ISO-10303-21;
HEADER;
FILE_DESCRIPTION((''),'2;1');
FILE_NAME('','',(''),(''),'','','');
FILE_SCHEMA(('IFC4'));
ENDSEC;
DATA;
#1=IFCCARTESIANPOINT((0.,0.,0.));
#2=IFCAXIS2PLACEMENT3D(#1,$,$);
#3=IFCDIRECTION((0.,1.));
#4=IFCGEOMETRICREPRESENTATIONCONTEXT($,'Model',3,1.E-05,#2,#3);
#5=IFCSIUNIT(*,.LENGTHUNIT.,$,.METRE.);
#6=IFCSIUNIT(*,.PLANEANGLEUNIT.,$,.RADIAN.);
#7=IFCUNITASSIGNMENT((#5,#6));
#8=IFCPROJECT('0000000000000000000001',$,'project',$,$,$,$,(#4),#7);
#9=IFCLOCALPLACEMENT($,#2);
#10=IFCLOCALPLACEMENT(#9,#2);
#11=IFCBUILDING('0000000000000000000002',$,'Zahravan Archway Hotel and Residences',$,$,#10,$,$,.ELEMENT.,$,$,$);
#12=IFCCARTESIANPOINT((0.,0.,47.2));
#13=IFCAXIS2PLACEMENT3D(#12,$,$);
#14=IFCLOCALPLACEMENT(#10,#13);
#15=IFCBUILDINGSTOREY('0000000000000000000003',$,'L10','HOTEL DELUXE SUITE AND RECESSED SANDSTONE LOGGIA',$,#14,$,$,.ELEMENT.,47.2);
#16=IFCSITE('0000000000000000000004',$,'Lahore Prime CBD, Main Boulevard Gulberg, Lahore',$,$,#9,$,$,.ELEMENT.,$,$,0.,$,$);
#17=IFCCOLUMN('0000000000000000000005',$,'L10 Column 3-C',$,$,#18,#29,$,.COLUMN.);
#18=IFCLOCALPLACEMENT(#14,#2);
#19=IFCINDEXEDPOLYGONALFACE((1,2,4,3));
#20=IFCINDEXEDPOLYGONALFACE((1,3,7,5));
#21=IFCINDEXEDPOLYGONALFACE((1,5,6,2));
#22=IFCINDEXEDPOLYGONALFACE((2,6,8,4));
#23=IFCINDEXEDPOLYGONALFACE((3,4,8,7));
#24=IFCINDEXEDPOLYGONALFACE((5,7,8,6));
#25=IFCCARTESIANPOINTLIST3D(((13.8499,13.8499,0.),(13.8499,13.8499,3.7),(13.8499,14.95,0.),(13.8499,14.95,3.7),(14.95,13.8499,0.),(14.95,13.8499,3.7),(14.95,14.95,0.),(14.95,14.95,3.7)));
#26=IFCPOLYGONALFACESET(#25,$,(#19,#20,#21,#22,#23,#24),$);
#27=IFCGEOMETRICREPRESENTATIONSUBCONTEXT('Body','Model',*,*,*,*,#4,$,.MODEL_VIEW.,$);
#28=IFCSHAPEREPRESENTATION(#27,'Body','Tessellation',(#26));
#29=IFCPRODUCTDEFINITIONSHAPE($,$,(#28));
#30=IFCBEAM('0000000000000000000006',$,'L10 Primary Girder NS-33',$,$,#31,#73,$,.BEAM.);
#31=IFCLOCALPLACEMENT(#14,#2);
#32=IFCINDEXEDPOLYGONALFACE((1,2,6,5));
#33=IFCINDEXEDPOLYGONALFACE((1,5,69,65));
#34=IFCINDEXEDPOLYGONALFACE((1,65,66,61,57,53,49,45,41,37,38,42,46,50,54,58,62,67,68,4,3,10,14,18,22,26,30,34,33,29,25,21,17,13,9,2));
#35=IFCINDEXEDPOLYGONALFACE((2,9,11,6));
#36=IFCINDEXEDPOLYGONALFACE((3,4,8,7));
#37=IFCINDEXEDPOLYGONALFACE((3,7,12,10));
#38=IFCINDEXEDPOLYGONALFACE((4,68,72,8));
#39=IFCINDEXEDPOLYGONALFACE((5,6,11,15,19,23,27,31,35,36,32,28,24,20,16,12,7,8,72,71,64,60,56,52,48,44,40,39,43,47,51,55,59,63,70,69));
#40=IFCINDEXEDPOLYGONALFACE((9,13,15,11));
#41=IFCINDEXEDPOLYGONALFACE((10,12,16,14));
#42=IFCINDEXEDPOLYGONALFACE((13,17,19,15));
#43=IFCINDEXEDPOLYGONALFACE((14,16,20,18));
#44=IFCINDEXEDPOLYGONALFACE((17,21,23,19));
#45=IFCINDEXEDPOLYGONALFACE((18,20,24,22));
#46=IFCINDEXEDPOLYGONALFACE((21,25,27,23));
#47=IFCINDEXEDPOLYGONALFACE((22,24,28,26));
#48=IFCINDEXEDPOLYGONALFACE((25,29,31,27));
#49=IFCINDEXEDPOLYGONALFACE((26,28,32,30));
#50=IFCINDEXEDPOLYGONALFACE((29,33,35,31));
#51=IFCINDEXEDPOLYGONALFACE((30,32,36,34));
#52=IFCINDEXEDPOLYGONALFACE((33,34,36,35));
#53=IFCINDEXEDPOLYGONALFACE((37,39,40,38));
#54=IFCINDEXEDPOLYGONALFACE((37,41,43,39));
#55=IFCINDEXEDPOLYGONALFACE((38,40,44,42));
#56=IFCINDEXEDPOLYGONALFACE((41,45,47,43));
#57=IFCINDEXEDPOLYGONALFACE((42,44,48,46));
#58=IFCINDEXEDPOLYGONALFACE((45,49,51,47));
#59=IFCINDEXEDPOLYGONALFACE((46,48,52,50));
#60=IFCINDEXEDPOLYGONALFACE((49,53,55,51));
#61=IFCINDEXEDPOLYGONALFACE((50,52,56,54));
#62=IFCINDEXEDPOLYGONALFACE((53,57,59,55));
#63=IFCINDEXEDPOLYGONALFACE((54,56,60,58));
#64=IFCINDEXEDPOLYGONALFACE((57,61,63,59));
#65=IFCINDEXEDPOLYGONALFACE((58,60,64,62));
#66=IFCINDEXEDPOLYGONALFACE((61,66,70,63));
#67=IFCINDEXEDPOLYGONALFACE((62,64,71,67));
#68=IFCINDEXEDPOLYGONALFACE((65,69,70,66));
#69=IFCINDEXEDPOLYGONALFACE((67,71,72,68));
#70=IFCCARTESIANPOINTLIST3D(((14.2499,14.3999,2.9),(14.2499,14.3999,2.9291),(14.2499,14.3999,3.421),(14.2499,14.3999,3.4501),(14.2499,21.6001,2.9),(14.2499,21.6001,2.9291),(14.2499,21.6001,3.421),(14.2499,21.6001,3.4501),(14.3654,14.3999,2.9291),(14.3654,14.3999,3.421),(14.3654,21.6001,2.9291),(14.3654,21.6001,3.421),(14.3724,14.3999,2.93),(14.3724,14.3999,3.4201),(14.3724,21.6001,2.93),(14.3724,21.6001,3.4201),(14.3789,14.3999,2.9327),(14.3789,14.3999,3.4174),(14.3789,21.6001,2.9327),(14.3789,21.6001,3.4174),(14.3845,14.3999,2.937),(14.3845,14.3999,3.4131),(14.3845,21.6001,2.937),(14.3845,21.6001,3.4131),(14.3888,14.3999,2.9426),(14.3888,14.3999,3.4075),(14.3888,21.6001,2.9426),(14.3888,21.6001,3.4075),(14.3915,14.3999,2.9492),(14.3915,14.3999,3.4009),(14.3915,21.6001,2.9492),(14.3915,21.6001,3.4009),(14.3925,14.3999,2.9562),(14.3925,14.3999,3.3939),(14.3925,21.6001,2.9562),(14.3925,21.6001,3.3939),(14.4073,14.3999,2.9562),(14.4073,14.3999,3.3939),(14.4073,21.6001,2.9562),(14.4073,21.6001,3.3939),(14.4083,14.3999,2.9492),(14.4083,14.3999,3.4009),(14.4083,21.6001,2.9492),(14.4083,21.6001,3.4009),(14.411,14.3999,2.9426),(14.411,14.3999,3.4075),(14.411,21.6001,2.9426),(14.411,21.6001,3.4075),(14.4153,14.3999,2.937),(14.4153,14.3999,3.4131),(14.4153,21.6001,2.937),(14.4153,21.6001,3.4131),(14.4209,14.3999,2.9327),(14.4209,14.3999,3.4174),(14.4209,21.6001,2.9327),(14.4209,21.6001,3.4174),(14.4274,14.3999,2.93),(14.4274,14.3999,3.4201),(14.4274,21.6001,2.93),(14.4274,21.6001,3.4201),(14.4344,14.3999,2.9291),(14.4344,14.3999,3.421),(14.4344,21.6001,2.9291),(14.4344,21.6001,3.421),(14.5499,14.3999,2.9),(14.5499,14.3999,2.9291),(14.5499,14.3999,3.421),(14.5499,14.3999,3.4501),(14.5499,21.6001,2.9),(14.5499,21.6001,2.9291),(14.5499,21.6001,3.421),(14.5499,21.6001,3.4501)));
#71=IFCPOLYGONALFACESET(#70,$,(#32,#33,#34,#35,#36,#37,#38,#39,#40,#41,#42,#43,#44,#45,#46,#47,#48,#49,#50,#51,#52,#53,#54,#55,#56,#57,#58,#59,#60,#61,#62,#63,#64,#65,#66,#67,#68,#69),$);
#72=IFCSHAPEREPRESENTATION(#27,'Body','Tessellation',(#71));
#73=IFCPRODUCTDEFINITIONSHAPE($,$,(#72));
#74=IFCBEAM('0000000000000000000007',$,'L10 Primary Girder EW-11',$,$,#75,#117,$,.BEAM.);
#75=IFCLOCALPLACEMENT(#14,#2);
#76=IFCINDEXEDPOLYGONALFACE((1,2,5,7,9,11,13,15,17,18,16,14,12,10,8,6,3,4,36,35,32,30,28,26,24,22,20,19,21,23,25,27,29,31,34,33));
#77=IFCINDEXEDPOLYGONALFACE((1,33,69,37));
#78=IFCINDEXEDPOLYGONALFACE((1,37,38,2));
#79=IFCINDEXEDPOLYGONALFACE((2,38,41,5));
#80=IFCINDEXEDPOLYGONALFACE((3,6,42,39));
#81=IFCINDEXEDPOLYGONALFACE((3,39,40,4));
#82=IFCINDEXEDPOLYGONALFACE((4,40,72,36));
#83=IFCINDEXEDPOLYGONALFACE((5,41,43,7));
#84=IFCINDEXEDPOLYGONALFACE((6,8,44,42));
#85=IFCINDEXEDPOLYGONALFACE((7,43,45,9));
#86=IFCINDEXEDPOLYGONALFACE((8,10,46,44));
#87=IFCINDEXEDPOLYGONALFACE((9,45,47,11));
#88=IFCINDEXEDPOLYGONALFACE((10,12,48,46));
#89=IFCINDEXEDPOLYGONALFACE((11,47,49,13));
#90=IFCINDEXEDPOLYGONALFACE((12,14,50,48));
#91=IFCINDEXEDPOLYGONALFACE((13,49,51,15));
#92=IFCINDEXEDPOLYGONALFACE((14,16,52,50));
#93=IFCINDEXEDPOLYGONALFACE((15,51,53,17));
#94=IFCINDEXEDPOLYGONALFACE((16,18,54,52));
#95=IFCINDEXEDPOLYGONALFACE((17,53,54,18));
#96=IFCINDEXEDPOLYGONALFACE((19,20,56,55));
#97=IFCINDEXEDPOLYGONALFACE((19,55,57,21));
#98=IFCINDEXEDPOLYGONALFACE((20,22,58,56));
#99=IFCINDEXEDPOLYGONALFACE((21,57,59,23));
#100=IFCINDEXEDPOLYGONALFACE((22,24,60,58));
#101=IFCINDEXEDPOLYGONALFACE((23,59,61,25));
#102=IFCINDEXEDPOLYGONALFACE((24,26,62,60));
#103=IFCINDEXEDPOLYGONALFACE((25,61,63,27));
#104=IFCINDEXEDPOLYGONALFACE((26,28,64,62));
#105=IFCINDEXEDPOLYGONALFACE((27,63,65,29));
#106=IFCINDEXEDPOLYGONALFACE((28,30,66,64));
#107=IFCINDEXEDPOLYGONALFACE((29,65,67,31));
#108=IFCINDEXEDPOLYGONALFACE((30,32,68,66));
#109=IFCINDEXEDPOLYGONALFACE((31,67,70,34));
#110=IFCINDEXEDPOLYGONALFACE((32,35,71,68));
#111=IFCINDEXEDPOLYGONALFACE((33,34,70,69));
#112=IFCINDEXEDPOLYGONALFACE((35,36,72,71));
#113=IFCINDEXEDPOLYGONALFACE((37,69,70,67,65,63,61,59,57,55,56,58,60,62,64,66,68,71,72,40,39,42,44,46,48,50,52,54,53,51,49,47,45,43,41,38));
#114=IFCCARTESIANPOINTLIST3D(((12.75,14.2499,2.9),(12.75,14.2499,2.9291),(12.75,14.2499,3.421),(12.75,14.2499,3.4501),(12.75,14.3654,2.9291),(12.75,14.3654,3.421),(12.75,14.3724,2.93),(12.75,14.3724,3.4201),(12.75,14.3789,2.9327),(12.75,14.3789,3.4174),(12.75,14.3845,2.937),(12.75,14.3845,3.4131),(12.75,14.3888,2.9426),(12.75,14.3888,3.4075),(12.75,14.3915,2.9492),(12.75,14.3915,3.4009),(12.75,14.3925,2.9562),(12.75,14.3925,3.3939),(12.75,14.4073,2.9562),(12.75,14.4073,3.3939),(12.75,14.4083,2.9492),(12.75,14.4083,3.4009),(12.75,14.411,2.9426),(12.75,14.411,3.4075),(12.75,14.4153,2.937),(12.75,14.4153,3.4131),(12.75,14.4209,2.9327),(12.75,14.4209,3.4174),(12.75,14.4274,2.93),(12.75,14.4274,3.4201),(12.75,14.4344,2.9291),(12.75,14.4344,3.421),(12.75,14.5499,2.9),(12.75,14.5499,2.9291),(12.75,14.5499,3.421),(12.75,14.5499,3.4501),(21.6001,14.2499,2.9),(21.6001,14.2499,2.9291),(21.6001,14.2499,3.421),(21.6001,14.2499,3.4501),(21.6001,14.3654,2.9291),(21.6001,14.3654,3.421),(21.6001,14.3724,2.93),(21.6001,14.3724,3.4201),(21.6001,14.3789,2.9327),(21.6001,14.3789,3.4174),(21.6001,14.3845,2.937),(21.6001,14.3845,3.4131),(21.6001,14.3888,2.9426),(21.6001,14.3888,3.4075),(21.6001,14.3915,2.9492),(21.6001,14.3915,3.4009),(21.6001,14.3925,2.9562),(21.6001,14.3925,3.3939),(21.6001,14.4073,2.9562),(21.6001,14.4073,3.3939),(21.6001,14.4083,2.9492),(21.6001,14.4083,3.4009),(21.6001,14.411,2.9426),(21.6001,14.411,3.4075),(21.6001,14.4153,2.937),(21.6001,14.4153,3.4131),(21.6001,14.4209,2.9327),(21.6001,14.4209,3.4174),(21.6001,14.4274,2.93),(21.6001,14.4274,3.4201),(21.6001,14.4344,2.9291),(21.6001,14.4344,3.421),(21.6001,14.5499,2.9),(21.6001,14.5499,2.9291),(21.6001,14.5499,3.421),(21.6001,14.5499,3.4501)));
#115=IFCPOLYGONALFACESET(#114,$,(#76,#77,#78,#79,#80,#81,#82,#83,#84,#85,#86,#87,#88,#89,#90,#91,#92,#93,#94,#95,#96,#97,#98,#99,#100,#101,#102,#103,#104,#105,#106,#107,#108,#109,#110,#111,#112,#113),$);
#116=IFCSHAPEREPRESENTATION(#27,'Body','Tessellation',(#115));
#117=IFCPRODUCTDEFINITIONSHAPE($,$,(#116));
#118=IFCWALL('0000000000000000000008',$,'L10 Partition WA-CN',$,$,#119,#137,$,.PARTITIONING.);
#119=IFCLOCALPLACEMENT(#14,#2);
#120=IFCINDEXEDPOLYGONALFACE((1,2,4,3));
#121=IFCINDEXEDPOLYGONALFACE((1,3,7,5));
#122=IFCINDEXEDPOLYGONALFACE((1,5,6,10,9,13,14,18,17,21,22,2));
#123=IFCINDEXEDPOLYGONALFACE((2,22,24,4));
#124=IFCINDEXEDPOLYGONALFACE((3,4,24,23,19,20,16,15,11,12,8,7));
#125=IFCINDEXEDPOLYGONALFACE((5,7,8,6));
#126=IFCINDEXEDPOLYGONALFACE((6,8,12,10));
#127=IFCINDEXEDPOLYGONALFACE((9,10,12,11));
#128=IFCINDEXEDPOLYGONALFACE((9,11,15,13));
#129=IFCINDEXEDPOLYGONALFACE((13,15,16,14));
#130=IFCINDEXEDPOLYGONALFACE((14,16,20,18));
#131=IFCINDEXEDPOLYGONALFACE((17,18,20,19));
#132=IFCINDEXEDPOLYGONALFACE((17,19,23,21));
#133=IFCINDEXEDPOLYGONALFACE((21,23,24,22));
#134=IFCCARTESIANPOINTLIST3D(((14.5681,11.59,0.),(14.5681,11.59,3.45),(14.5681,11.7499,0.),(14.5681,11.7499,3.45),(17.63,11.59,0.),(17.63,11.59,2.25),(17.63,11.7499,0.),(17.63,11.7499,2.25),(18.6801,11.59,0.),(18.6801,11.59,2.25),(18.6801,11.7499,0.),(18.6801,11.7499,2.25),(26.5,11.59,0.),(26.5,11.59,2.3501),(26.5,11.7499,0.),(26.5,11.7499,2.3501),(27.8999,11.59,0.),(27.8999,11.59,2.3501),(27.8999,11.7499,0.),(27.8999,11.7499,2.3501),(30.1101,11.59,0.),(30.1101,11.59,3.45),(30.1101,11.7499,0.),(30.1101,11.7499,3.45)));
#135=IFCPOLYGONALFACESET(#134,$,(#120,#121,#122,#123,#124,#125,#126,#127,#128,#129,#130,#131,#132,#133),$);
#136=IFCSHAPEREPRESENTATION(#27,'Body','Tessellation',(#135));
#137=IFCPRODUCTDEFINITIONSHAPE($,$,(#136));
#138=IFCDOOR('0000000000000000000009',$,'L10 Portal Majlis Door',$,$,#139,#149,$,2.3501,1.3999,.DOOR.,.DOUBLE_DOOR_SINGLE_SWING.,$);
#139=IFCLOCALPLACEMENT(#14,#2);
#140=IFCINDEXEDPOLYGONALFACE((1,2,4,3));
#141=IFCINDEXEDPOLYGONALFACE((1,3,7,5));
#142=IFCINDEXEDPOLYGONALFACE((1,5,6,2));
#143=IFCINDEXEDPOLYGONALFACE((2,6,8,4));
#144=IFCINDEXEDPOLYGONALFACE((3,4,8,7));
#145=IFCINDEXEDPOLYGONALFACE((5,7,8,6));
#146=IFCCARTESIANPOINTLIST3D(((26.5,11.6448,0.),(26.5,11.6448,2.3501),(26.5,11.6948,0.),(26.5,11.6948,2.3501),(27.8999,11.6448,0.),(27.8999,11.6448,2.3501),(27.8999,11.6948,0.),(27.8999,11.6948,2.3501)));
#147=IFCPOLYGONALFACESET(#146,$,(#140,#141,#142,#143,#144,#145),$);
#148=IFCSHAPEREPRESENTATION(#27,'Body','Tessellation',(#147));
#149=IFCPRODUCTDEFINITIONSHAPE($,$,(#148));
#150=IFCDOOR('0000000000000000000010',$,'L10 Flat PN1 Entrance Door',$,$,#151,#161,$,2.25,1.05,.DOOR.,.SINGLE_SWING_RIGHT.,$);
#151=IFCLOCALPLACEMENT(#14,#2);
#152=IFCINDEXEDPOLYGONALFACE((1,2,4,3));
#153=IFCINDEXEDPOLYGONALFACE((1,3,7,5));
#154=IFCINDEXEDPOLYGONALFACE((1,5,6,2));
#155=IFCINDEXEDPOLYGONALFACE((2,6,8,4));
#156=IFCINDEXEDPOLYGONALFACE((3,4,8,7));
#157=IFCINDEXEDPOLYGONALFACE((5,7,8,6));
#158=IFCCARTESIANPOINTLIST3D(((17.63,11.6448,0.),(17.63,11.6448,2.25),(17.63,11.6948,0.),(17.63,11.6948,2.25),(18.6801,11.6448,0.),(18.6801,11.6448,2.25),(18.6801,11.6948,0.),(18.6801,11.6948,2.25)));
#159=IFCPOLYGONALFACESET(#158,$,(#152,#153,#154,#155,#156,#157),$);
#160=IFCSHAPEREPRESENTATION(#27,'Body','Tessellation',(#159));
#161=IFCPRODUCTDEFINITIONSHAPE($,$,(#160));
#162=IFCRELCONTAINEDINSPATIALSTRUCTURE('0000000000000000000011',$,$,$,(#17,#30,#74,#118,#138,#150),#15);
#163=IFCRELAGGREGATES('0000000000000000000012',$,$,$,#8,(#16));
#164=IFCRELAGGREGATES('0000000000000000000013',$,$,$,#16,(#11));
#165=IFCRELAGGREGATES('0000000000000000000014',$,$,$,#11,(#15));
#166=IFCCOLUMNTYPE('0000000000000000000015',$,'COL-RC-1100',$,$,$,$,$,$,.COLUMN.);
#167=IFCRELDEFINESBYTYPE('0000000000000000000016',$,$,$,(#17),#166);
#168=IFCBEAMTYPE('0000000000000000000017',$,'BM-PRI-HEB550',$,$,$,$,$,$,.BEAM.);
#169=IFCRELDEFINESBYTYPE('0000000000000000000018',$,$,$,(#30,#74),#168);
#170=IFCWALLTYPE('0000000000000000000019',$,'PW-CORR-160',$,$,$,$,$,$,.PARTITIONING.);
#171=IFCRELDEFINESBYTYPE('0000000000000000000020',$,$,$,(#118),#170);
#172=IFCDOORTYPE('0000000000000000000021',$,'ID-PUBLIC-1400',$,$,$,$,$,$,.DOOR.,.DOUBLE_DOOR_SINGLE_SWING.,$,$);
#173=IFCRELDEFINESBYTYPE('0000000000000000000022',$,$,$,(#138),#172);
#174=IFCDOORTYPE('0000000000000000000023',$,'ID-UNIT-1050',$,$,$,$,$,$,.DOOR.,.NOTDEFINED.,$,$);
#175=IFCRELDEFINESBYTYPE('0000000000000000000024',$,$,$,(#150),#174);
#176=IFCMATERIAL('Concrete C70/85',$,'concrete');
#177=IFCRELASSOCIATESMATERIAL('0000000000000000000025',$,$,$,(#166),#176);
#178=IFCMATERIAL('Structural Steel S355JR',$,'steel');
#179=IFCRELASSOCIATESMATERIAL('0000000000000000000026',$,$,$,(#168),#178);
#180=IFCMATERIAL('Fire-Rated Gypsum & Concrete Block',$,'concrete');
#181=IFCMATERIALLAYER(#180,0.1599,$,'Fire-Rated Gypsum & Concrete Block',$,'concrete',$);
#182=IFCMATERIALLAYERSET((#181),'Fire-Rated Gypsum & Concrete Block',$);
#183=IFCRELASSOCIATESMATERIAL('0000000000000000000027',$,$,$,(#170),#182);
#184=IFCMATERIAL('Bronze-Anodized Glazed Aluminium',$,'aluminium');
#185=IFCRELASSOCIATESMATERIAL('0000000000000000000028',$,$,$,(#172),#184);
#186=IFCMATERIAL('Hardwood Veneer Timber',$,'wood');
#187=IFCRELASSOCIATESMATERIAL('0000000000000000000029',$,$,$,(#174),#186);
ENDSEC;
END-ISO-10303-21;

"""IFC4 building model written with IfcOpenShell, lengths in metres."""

from ifc_helpers import new_model, si_unit, direction, frame, frame_2d, origin, origin_2d, place, context, subcontext, project, spatial, rectangle, i_section, extrude, source, transform, mapped, material, layer, layer_set, material_profile, profile_set, type_object, type_shapes, element, fill, save


model = new_model("IFC4")

# Units and contexts
model_context = context("Model", 3, precision=1e-05, world=origin(), true_north=direction((0.0, 1.0)))
body_context = subcontext(model_context, "Body", "Model", "MODEL_VIEW")
ifc_project = project(units=[si_unit("LENGTHUNIT", "METRE"), si_unit("PLANEANGLEUNIT", "RADIAN")], contexts=[model_context])

# Site, building, storey
site_placement = place(None, origin())
site = spatial("IfcSite", under=ifc_project, at=site_placement, Name="Lahore Prime CBD, Main Boulevard Gulberg, Lahore", CompositionType="ELEMENT", RefElevation=0.0)
building_placement = place(site_placement, origin())
building = spatial("IfcBuilding", under=site, at=building_placement, Name="Zahravan Archway Hotel and Residences", CompositionType="ELEMENT")
storey_placement = place(building_placement, frame((0.0, 0.0, 47.2)))
storey = spatial("IfcBuildingStorey", under=building, at=storey_placement, Name="L10", Description="HOTEL DELUXE SUITE AND RECESSED SANDSTONE LOGGIA", CompositionType="ELEMENT", Elevation=47.2)

# Column
ifc_material_1 = material(Name="Concrete C70/85", Category="concrete")
ifc_material_profile_1 = material_profile(ifc_material_1, rectangle(XDim=1.1001, YDim=1.1001, at=origin_2d()), Name="RC 1100x1100", Category="concrete")
ifc_profile_set_1 = profile_set([ifc_material_profile_1], Name="Concrete C70/85")
column_type = type_object("IfcColumnType", Name="COL-RC-1100", PredefinedType="COLUMN", material=ifc_profile_set_1)
shared_shape_1 = source(origin(), body_context, "Body", "SweptSolid", [
    extrude(rectangle(XDim=1.1001, YDim=1.1001, at=origin_2d()), origin(), (0.0, 0.0, 1.0), 3.7),
])
column_placement = place(storey_placement, frame((14.3999, 14.3999, 0.0), z_axis=(0.0, 0.0, 1.0), x_axis=(1.0, 0.0, 0.0)))
element("IfcColumn", 1, at=column_placement, inside=storey, type_object=column_type, Name="L10 Column 3-C", PredefinedType="COLUMN", context=body_context, shape_type="MappedRepresentation", body=[
    mapped(shared_shape_1, transform((0.0, 0.0, 0.0), scale=1.0)),
])

# Beams
ifc_material_2 = material(Name="Structural Steel S355JR", Category="steel")
ifc_material_profile_2 = material_profile(ifc_material_2, i_section(OverallWidth=0.3, OverallDepth=0.55, WebThickness=0.0149, FlangeThickness=0.0291, FilletRadius=0.0271, at=origin_2d()), Name="HEB 550", Category="steel")
ifc_profile_set_2 = profile_set([ifc_material_profile_2], Name="Structural Steel S355JR")
beam_type = type_object("IfcBeamType", Name="BM-PRI-HEB550", PredefinedType="BEAM", material=ifc_profile_set_2)
shared_shape_2 = source(origin(), body_context, "Body", "SweptSolid", [
    extrude(i_section(OverallWidth=0.3, OverallDepth=0.55, WebThickness=0.0149, FlangeThickness=0.0291, FilletRadius=0.0271, at=origin_2d()), origin(), (0.0, 0.0, 1.0), 7.2002),
])
type_shapes(beam_type, [shared_shape_2])
beam_1_placement = place(storey_placement, frame((14.3999, 14.3999, 3.175), z_axis=(0.0, 1.0, 0.0), x_axis=(-1.0, 0.0, 0.0)))
element("IfcBeam", 2, at=beam_1_placement, inside=storey, type_object=beam_type, Name="L10 Primary Girder NS-33", PredefinedType="BEAM", context=body_context, shape_type="MappedRepresentation", body=[
    mapped(shared_shape_2, transform((0.0, 0.0, 0.0), scale=1.0)),
])
shared_shape_3 = source(origin(), body_context, "Body", "SweptSolid", [
    extrude(i_section(OverallWidth=0.3, OverallDepth=0.55, WebThickness=0.0149, FlangeThickness=0.0291, FilletRadius=0.0271, at=origin_2d()), origin(), (0.0, 0.0, 1.0), 8.8501),
])
beam_2_placement = place(storey_placement, frame((12.75, 14.3999, 3.175), z_axis=(1.0, 0.0, 0.0), x_axis=(0.0, 1.0, 0.0)))
element("IfcBeam", 3, at=beam_2_placement, inside=storey, type_object=beam_type, Name="L10 Primary Girder EW-11", PredefinedType="BEAM", context=body_context, shape_type="MappedRepresentation", body=[
    mapped(shared_shape_3, transform((0.0, 0.0, 0.0), scale=1.0)),
])

# Wall, openings, doors
ifc_material_3 = material(Name="Fire-Rated Gypsum & Concrete Block", Category="concrete")
ifc_layer_1 = layer(ifc_material_3, 0.1599, Name="Fire-Rated Gypsum & Concrete Block", Category="concrete")
ifc_layer_set_1 = layer_set([ifc_layer_1], Name="Fire-Rated Gypsum & Concrete Block")
wall_type_1 = type_object("IfcWallType", Name="PW-CORR-160", PredefinedType="PARTITIONING", material=ifc_layer_set_1)
wall_1_placement = place(storey_placement, frame((14.5681, 11.6699, 0.0), z_axis=(0.0, 0.0, 1.0), x_axis=(1.0, 0.0, 0.0)))
wall_1 = element("IfcWall", 4, at=wall_1_placement, inside=storey, type_object=wall_type_1, Name="L10 Partition WA-CN", PredefinedType="PARTITIONING", context=body_context, shape_type="SweptSolid", body=[
    extrude(rectangle(XDim=15.542, YDim=0.1599, at=frame_2d((7.771, 0.0))), origin(), (0.0, 0.0, 1.0), 3.45),
])
opening_1_placement = place(wall_1_placement, frame((3.062, 0.0, 0.0)))
opening_1 = element("IfcOpeningElement", 5, at=opening_1_placement, cuts=wall_1, PredefinedType="OPENING", context=body_context, shape_type="SweptSolid", body=[
    extrude(rectangle(XDim=1.05, YDim=2.25, at=frame_2d((0.5249, 1.125))), frame((0.0, 0.0898, 0.0), z_axis=(0.0, -1.0, 0.0), x_axis=(1.0, 0.0, 0.0)), (0.0, 0.0, 1.0), 0.1799),
])
opening_2_placement = place(wall_1_placement, frame((11.9319, 0.0, 0.0)))
opening_2 = element("IfcOpeningElement", 6, at=opening_2_placement, cuts=wall_1, PredefinedType="OPENING", context=body_context, shape_type="SweptSolid", body=[
    extrude(rectangle(XDim=1.3999, YDim=2.3501, at=frame_2d((0.7, 1.175))), frame((0.0, 0.0898, 0.0), z_axis=(0.0, -1.0, 0.0), x_axis=(1.0, 0.0, 0.0)), (0.0, 0.0, 1.0), 0.1799),
])
ifc_material_4 = material(Name="Bronze-Anodized Glazed Aluminium", Category="aluminium")
door_type_1 = type_object("IfcDoorType", Name="ID-PUBLIC-1400", OperationType="DOUBLE_DOOR_SINGLE_SWING", PredefinedType="DOOR", material=ifc_material_4)
shared_shape_4 = source(origin(), body_context, "Body", "SweptSolid", [
    extrude(rectangle(XDim=1.3999, YDim=2.3501, at=frame_2d((0.7, 1.175))), frame((0.0, 0.0249, 0.0), z_axis=(0.0, -1.0, 0.0), x_axis=(1.0, 0.0, 0.0)), (0.0, 0.0, 1.0), 0.05),
])
type_shapes(door_type_1, [shared_shape_4])
door_1_placement = place(opening_2_placement, origin())
door_1 = element("IfcDoor", 7, at=door_1_placement, inside=storey, type_object=door_type_1, Name="L10 Portal Majlis Door", OperationType="DOUBLE_DOOR_SINGLE_SWING", OverallHeight=2.3501, OverallWidth=1.3999, PredefinedType="DOOR", context=body_context, shape_type="MappedRepresentation", body=[
    mapped(shared_shape_4, transform((0.0, 0.0, 0.0), scale=1.0)),
])
fill(opening_2, door_1)
ifc_material_5 = material(Name="Hardwood Veneer Timber", Category="wood")
door_type_2 = type_object("IfcDoorType", Name="ID-UNIT-1050", OperationType="NOTDEFINED", PredefinedType="DOOR", material=ifc_material_5)
shared_shape_5 = source(origin(), body_context, "Body", "SweptSolid", [
    extrude(rectangle(XDim=1.05, YDim=2.25, at=frame_2d((0.5249, 1.125))), frame((0.0, 0.0249, 0.0), z_axis=(0.0, -1.0, 0.0), x_axis=(1.0, 0.0, 0.0)), (0.0, 0.0, 1.0), 0.05),
])
type_shapes(door_type_2, [shared_shape_5])
door_2_placement = place(opening_1_placement, origin())
door_2 = element("IfcDoor", 8, at=door_2_placement, inside=storey, type_object=door_type_2, Name="L10 Flat PN1 Entrance Door", OperationType="SINGLE_SWING_RIGHT", OverallHeight=2.25, OverallWidth=1.05, PredefinedType="DOOR", context=body_context, shape_type="MappedRepresentation", body=[
    mapped(shared_shape_5, transform((0.0, 0.0, 0.0), scale=1.0)),
])
fill(opening_1, door_2)

save(model, "model.ifc")
